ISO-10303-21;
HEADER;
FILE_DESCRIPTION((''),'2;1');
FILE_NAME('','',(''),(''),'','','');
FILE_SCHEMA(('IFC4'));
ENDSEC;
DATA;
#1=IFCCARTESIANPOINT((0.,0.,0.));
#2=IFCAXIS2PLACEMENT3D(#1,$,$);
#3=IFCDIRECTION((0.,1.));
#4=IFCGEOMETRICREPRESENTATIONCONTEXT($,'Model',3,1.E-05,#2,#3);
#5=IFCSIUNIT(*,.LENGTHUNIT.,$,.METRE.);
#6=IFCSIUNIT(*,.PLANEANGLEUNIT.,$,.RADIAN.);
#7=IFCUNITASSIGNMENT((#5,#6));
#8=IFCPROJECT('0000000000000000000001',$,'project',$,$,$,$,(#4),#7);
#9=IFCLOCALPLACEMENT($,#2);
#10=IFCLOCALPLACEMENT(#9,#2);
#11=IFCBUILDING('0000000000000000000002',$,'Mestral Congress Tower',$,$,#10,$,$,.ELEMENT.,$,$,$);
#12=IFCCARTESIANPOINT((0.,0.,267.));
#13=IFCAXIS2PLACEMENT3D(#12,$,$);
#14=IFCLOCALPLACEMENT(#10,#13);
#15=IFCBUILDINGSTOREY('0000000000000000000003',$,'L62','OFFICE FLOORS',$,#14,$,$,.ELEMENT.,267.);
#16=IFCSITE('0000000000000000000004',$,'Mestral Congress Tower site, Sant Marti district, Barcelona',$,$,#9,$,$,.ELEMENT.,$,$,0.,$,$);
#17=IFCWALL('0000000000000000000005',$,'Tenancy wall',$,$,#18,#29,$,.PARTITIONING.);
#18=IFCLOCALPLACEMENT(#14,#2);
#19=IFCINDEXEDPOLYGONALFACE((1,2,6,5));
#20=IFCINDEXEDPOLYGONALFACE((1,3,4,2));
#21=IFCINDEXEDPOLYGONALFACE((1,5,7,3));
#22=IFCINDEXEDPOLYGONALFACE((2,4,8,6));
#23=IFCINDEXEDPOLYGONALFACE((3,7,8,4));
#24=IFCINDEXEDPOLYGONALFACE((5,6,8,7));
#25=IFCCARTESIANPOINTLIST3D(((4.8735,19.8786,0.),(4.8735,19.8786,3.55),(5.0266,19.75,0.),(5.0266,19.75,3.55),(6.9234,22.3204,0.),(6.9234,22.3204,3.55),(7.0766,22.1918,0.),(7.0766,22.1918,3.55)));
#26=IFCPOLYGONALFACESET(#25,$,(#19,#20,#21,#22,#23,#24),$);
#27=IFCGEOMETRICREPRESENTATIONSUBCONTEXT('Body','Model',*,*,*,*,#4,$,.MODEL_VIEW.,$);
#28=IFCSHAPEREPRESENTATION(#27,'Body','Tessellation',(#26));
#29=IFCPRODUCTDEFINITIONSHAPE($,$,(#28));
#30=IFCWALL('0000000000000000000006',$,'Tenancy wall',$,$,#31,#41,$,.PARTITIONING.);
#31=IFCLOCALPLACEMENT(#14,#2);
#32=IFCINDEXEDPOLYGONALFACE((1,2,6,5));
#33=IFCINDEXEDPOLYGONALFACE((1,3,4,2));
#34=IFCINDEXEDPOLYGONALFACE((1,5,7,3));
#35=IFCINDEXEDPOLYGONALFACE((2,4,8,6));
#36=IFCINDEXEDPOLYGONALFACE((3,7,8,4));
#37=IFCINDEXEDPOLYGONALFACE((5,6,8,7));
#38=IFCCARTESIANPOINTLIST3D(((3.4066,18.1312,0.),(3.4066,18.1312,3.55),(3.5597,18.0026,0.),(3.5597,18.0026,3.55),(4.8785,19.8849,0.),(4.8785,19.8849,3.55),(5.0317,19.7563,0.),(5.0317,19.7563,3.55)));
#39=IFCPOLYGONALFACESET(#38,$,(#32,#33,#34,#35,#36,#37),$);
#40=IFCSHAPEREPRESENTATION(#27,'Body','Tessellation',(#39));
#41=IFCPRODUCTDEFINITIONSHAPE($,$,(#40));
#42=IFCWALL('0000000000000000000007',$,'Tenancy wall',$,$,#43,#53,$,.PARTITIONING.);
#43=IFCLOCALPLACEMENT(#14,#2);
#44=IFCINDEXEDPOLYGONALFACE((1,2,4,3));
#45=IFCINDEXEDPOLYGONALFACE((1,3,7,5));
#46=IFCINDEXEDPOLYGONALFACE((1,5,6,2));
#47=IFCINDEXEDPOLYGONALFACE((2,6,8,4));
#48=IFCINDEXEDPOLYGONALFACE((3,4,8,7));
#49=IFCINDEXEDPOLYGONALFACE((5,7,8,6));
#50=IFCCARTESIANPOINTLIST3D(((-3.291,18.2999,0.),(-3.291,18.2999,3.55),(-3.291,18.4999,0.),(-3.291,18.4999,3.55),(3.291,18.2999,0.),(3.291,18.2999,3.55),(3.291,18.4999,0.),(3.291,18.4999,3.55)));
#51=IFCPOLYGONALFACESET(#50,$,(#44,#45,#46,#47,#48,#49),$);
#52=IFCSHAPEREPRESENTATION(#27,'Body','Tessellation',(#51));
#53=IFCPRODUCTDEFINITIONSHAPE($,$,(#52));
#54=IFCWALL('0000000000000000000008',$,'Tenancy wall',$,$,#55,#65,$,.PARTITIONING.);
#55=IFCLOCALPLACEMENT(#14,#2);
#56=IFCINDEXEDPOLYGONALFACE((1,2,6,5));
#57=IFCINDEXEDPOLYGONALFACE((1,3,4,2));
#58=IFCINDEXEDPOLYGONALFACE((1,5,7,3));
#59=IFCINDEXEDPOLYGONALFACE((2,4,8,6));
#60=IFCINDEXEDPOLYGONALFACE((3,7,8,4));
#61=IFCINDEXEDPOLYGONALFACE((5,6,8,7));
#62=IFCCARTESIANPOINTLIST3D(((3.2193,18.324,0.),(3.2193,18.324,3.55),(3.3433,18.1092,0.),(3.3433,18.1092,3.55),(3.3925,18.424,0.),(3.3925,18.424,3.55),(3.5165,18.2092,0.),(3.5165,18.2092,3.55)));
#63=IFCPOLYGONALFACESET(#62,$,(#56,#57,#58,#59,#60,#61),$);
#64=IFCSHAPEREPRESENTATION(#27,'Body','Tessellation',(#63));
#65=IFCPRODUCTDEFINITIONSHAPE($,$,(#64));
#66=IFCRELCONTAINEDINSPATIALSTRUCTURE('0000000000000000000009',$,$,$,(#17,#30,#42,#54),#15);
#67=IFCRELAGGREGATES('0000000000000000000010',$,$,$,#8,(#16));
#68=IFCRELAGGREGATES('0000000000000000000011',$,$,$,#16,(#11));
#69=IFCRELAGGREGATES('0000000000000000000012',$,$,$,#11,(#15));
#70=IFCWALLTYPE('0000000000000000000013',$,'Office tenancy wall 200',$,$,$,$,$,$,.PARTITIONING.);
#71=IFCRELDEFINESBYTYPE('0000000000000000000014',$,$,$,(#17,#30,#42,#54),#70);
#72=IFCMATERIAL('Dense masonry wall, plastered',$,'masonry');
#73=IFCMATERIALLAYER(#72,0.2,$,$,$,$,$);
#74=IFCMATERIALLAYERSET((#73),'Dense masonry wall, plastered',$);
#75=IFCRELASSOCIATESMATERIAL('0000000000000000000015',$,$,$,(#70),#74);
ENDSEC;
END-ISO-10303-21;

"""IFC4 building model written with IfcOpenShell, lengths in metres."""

from ifc_helpers import new_model, si_unit, direction, frame, frame_2d, origin, place, context, subcontext, project, spatial, rectangle, extrude, material, layer, layer_set, type_object, element, save


model = new_model("IFC4")

# Units and contexts
model_context = context("Model", 3, precision=1e-05, world=origin(), true_north=direction((0.0, 1.0)))
body_context = subcontext(model_context, "Body", "Model", "MODEL_VIEW")
ifc_project = project(units=[si_unit("LENGTHUNIT", "METRE"), si_unit("PLANEANGLEUNIT", "RADIAN")], contexts=[model_context])

# Site, building, storey
site_placement = place(None, origin())
site = spatial("IfcSite", under=ifc_project, at=site_placement, Name="Mestral Congress Tower site, Sant Marti district, Barcelona", CompositionType="ELEMENT", RefElevation=0.0)
building_placement = place(site_placement, origin())
building = spatial("IfcBuilding", under=site, at=building_placement, Name="Mestral Congress Tower", CompositionType="ELEMENT")
storey_placement = place(building_placement, frame((0.0, 0.0, 267.0)))
storey = spatial("IfcBuildingStorey", under=building, at=storey_placement, Name="L62", Description="OFFICE FLOORS", CompositionType="ELEMENT", Elevation=267.0)

# Walls
ifc_material_1 = material(Name="Dense masonry wall, plastered", Category="masonry")
ifc_layer_1 = layer(ifc_material_1, 0.2)
ifc_layer_set_1 = layer_set([ifc_layer_1], Name="Dense masonry wall, plastered")
wall_type_1 = type_object("IfcWallType", Name="Office tenancy wall 200", PredefinedType="PARTITIONING", material=ifc_layer_set_1)
wall_1_placement = place(storey_placement, frame((4.95, 19.8142, 0.0), z_axis=(0.0, 0.0, 1.0), x_axis=(0.642982, 0.765881, 0.0)))
element("IfcWall", 1, at=wall_1_placement, inside=storey, type_object=wall_type_1, Name="Tenancy wall", PredefinedType="PARTITIONING", context=body_context, shape_type="SweptSolid", body=[
    extrude(rectangle(XDim=3.1882, YDim=0.2, at=frame_2d((1.5942, 0.0))), origin(), (0.0, 0.0, 1.0), 3.55),
])
wall_2_placement = place(storey_placement, frame((3.4832, 18.0669, 0.0), z_axis=(0.0, 0.0, 1.0), x_axis=(0.642897, 0.765953, 0.0)))
element("IfcWall", 2, at=wall_2_placement, inside=storey, type_object=wall_type_1, Name="Tenancy wall", PredefinedType="PARTITIONING", context=body_context, shape_type="SweptSolid", body=[
    extrude(rectangle(XDim=2.2896, YDim=0.2, at=frame_2d((1.1448, 0.0))), origin(), (0.0, 0.0, 1.0), 3.55),
])
wall_3_placement = place(storey_placement, frame((3.291, 18.3999, 0.0), z_axis=(0.0, 0.0, 1.0), x_axis=(-1.0, 0.0, 0.0)))
element("IfcWall", 3, at=wall_3_placement, inside=storey, type_object=wall_type_1, Name="Tenancy wall", PredefinedType="PARTITIONING", context=body_context, shape_type="SweptSolid", body=[
    extrude(rectangle(XDim=6.582, YDim=0.2, at=frame_2d((3.291, 0.0))), origin(), (0.0, 0.0, 1.0), 3.55),
])
wall_4_placement = place(storey_placement, frame((3.4299, 18.1592, 0.0), z_axis=(0.0, 0.0, 1.0), x_axis=(-0.49995, 0.866054, 0.0)))
element("IfcWall", 4, at=wall_4_placement, inside=storey, type_object=wall_type_1, Name="Tenancy wall", PredefinedType="PARTITIONING", context=body_context, shape_type="SweptSolid", body=[
    extrude(rectangle(XDim=0.248, YDim=0.2, at=frame_2d((0.124, 0.0))), origin(), (0.0, 0.0, 1.0), 3.55),
])

save(model, "model.ifc")
